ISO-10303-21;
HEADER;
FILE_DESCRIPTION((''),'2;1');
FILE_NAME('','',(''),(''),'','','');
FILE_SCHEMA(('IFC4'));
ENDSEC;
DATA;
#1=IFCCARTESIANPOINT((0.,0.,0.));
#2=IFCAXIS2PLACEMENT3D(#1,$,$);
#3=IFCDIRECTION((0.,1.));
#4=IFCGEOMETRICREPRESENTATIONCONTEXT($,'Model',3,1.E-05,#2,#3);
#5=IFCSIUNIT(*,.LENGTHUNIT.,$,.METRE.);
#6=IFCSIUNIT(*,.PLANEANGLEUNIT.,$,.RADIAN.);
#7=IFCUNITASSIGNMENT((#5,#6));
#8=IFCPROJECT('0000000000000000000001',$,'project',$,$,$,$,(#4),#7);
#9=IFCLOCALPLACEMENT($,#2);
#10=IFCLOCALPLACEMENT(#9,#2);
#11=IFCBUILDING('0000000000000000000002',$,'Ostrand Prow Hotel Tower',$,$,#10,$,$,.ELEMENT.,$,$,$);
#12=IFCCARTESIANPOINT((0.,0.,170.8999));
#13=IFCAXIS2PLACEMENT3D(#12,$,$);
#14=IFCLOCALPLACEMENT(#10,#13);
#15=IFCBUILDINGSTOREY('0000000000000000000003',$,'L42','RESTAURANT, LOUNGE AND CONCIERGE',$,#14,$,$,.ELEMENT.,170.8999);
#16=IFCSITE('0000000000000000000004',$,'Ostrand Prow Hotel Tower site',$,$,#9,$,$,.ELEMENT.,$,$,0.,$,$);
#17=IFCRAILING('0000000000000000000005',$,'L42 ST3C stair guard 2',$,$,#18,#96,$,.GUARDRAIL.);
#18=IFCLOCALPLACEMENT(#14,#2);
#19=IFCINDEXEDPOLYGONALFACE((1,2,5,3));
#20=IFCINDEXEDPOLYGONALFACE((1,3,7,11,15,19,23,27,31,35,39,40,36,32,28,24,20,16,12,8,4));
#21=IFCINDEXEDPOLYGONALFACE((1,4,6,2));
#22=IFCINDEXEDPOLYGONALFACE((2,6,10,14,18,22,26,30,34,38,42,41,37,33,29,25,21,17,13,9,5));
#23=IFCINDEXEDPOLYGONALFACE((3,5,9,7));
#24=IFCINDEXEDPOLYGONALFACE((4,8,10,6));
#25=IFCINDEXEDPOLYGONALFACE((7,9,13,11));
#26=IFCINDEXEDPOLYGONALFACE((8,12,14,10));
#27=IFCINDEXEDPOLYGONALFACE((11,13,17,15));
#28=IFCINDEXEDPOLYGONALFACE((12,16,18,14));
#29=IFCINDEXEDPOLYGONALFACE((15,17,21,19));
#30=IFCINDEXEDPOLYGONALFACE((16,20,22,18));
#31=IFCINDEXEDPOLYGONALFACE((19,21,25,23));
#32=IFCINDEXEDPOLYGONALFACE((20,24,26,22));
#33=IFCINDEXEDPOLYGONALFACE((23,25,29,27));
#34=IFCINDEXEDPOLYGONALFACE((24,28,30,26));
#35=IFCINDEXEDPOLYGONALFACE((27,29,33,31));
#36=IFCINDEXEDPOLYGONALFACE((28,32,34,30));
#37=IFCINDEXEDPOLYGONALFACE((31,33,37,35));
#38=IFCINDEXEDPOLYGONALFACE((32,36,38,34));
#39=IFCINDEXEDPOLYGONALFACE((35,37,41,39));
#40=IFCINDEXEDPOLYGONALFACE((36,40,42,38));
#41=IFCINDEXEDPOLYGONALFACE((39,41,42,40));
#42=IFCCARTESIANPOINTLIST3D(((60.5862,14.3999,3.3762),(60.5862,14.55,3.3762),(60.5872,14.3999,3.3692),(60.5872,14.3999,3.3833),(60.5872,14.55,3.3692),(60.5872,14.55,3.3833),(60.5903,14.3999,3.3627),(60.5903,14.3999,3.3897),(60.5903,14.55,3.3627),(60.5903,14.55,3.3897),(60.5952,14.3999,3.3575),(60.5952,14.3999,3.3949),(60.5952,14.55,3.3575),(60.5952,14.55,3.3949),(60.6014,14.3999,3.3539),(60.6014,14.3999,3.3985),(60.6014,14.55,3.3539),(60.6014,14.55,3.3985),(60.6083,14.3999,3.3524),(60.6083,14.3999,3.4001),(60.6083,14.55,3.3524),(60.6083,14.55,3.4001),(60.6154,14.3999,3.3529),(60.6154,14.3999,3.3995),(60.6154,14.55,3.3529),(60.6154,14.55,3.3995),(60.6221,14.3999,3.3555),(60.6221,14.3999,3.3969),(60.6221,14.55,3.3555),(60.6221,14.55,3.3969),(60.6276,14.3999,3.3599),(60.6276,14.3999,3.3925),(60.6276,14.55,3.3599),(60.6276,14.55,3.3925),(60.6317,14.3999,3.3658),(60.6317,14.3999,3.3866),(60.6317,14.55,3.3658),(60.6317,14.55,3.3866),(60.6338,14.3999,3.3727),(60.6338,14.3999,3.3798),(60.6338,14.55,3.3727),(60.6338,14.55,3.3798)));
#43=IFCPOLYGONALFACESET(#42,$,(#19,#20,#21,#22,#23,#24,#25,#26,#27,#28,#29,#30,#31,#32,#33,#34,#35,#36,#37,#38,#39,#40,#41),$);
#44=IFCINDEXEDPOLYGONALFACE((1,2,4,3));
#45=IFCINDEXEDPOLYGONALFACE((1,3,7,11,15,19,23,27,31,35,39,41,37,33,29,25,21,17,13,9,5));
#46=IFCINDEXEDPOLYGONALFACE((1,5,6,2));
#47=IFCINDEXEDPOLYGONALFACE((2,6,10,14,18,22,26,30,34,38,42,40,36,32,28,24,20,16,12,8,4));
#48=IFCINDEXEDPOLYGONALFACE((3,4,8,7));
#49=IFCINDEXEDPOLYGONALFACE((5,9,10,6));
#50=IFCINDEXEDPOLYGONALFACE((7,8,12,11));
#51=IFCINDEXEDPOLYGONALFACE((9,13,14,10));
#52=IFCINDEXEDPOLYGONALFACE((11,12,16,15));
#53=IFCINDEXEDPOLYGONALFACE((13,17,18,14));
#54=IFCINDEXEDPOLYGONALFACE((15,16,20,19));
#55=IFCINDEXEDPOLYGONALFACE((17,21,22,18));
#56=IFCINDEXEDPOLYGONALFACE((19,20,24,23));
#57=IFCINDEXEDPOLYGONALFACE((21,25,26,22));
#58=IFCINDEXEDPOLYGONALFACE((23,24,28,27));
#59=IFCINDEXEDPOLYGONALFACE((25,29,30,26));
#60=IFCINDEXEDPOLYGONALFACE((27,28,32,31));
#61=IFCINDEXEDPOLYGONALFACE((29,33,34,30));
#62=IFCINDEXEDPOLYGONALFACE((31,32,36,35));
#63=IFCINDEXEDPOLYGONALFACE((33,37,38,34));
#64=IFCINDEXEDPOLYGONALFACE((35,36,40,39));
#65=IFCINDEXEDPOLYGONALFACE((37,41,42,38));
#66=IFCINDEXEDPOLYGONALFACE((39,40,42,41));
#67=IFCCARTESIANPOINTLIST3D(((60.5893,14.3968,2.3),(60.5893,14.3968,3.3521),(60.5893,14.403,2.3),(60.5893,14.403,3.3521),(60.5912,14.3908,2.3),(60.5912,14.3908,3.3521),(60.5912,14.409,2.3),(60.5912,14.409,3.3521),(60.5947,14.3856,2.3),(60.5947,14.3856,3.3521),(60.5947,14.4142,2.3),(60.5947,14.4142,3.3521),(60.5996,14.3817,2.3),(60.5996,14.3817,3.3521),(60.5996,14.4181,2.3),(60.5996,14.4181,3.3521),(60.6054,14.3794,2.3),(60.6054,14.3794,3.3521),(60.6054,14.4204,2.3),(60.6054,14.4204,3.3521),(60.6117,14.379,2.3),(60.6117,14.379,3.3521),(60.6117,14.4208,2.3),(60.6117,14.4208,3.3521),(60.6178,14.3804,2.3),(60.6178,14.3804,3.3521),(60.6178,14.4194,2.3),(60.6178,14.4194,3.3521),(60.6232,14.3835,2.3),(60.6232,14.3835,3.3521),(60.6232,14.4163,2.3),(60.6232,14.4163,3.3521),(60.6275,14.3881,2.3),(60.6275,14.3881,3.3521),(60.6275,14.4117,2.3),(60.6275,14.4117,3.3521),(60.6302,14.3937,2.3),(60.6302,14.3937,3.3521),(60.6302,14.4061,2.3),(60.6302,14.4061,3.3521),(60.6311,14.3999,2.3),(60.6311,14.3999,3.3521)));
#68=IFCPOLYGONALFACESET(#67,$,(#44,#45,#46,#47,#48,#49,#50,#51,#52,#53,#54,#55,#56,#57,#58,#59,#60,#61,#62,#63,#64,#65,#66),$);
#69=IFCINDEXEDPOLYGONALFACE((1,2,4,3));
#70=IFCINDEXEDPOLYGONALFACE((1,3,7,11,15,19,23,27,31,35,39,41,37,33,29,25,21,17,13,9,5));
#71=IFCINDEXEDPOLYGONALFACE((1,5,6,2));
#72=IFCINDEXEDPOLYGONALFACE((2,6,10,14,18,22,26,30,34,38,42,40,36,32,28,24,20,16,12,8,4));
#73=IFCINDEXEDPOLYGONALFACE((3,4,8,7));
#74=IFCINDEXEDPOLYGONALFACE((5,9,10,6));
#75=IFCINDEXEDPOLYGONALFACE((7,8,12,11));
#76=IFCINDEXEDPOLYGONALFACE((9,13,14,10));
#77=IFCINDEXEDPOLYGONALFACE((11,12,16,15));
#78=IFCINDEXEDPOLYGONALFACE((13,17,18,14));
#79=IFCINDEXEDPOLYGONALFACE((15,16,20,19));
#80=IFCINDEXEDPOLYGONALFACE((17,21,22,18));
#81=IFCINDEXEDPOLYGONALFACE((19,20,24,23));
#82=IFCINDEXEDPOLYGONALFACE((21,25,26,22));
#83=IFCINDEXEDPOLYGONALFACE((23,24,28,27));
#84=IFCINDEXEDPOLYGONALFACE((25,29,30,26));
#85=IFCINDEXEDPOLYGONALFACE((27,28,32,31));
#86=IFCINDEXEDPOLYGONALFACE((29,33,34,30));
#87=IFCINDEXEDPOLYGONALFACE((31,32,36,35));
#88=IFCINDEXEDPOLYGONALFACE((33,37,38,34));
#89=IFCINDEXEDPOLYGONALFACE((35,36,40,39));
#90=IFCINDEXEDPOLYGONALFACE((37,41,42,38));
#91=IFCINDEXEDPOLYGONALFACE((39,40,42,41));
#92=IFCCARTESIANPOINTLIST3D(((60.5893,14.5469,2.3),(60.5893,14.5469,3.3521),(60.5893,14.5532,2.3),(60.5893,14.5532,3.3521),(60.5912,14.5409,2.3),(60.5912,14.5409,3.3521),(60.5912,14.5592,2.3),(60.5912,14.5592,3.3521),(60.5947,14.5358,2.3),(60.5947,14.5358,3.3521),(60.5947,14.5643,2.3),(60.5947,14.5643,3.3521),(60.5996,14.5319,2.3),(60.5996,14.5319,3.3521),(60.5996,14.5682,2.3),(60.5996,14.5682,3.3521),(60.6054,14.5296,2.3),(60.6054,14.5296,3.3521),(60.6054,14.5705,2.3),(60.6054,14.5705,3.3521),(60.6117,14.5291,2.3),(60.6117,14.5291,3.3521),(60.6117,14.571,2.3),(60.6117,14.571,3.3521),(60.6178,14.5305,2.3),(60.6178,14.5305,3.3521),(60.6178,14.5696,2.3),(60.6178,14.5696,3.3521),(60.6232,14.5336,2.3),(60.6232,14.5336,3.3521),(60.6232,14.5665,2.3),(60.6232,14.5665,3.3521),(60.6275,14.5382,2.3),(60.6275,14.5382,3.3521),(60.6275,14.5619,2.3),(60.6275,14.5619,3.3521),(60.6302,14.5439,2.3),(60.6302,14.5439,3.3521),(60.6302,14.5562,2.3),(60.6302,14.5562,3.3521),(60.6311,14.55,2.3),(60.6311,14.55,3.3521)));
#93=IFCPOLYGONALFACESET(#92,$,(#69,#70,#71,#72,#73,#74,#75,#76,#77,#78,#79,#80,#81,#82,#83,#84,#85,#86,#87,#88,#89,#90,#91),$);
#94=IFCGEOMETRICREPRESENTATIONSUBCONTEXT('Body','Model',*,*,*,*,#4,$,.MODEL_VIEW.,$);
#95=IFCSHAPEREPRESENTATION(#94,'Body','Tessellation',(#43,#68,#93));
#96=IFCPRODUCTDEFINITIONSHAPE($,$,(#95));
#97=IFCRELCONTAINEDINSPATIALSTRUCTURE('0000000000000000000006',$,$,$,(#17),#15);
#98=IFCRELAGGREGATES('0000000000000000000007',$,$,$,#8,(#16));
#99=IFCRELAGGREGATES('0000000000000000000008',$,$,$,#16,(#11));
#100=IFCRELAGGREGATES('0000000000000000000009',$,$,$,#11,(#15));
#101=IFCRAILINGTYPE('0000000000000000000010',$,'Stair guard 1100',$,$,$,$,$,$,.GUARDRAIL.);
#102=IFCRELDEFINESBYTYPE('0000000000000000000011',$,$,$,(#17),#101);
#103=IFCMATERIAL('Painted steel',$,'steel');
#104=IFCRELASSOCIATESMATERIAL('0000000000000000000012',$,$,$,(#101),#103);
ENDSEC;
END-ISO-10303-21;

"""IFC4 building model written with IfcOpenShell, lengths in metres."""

from ifc_helpers import new_model, si_unit, direction, frame, origin, origin_2d, place, context, subcontext, project, spatial, circle, extrude, material, type_object, element, save


model = new_model("IFC4")

# Units and contexts
model_context = context("Model", 3, precision=1e-05, world=origin(), true_north=direction((0.0, 1.0)))
body_context = subcontext(model_context, "Body", "Model", "MODEL_VIEW")
ifc_project = project(units=[si_unit("LENGTHUNIT", "METRE"), si_unit("PLANEANGLEUNIT", "RADIAN")], contexts=[model_context])

# Site, building, storey
site_placement = place(None, origin())
site = spatial("IfcSite", under=ifc_project, at=site_placement, Name="Ostrand Prow Hotel Tower site", CompositionType="ELEMENT", RefElevation=0.0)
building_placement = place(site_placement, origin())
building = spatial("IfcBuilding", under=site, at=building_placement, Name="Ostrand Prow Hotel Tower", CompositionType="ELEMENT")
storey_placement = place(building_placement, frame((0.0, 0.0, 170.8999)))
storey = spatial("IfcBuildingStorey", under=building, at=storey_placement, Name="L42", Description="RESTAURANT, LOUNGE AND CONCIERGE", CompositionType="ELEMENT", Elevation=170.8999)

# Railing
ifc_material_1 = material(Name="Painted steel", Category="steel")
railing_type_1 = type_object("IfcRailingType", Name="Stair guard 1100", PredefinedType="GUARDRAIL", material=ifc_material_1)
railing_1_placement = place(storey_placement, frame((60.6101, 14.3999, 2.3)))
element("IfcRailing", 1, at=railing_1_placement, inside=storey, type_object=railing_type_1, Name="L42 ST3C stair guard 2", PredefinedType="GUARDRAIL", context=body_context, shape_type="SweptSolid", body=[
    extrude(circle(Radius=0.0239, at=origin_2d()), frame((0.0, 0.0, 1.0762), z_axis=(0.0, 1.0, 0.0), x_axis=(-1.0, 0.0, 0.0)), (0.0, 0.0, 1.0), 0.1501),
    extrude(circle(Radius=0.021, at=origin_2d()), origin(), (0.0, 0.0, 1.0), 1.052),
    extrude(circle(Radius=0.021, at=origin_2d()), frame((0.0, 0.1501, 0.0)), (0.0, 0.0, 1.0), 1.052),
])

save(model, "model.ifc")
